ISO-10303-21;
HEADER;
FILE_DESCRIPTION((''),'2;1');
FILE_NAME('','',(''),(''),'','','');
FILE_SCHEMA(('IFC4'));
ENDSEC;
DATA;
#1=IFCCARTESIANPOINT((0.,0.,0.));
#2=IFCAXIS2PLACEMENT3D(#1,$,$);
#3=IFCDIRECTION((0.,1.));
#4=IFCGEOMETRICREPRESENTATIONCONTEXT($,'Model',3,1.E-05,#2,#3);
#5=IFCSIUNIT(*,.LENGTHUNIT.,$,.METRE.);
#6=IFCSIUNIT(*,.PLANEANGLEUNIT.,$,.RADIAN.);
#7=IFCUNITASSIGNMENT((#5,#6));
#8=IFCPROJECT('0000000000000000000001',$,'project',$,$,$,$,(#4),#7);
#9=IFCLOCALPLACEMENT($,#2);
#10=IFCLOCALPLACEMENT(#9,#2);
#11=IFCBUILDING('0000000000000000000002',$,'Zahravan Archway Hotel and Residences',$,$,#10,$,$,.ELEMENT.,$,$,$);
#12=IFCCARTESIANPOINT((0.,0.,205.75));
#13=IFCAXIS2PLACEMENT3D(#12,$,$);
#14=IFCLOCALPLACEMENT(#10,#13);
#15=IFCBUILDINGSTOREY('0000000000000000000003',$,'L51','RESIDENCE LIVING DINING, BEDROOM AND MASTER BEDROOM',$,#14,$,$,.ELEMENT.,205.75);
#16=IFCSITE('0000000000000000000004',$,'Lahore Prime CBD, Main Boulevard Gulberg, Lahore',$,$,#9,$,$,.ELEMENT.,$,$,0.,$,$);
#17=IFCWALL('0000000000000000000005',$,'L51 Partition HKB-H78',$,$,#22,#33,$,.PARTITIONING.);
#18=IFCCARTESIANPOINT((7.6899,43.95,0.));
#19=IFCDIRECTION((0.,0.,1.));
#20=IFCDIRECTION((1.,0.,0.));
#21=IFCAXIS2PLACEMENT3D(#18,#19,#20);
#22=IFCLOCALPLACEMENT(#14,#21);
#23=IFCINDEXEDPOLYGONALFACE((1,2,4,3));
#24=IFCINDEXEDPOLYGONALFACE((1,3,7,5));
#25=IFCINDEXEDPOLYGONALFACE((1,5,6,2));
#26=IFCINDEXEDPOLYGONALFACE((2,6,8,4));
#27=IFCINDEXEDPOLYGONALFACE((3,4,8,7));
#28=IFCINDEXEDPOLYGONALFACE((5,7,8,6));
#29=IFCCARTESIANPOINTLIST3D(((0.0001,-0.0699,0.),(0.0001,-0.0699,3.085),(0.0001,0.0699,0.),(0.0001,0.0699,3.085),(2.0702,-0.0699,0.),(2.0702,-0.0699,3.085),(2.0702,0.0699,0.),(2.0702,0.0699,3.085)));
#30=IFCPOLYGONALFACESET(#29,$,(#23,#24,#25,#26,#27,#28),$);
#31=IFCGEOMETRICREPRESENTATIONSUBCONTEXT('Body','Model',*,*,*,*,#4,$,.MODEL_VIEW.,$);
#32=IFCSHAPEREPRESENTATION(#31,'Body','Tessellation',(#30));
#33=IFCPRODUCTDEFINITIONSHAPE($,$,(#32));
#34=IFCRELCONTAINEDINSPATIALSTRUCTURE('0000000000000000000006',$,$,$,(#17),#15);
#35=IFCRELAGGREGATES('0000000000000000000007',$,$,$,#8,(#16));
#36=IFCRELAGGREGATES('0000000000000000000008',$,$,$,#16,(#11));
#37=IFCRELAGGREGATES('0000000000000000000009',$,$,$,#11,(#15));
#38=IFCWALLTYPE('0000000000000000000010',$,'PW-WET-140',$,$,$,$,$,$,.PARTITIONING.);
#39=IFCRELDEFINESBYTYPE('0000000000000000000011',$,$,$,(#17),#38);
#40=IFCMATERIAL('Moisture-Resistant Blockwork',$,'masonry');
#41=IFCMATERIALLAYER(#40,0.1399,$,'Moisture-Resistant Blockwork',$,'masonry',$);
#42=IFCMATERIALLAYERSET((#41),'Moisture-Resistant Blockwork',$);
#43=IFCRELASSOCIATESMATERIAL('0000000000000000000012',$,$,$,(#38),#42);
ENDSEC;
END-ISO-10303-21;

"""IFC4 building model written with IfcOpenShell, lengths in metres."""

from ifc_helpers import new_model, si_unit, direction, frame, frame_2d, origin, place, context, subcontext, project, spatial, rectangle, extrude, material, layer, layer_set, type_object, element, save


model = new_model("IFC4")

# Units and contexts
model_context = context("Model", 3, precision=1e-05, world=origin(), true_north=direction((0.0, 1.0)))
body_context = subcontext(model_context, "Body", "Model", "MODEL_VIEW")
ifc_project = project(units=[si_unit("LENGTHUNIT", "METRE"), si_unit("PLANEANGLEUNIT", "RADIAN")], contexts=[model_context])

# Site, building, storey
site_placement = place(None, origin())
site = spatial("IfcSite", under=ifc_project, at=site_placement, Name="Lahore Prime CBD, Main Boulevard Gulberg, Lahore", CompositionType="ELEMENT", RefElevation=0.0)
building_placement = place(site_placement, origin())
building = spatial("IfcBuilding", under=site, at=building_placement, Name="Zahravan Archway Hotel and Residences", CompositionType="ELEMENT")
storey_placement = place(building_placement, frame((0.0, 0.0, 205.75)))
storey = spatial("IfcBuildingStorey", under=building, at=storey_placement, Name="L51", Description="RESIDENCE LIVING DINING, BEDROOM AND MASTER BEDROOM", CompositionType="ELEMENT", Elevation=205.75)

# Wall
ifc_material_1 = material(Name="Moisture-Resistant Blockwork", Category="masonry")
ifc_layer_1 = layer(ifc_material_1, 0.1399, Name="Moisture-Resistant Blockwork", Category="masonry")
ifc_layer_set_1 = layer_set([ifc_layer_1], Name="Moisture-Resistant Blockwork")
wall_type_1 = type_object("IfcWallType", Name="PW-WET-140", PredefinedType="PARTITIONING", material=ifc_layer_set_1)
wall_1_placement = place(storey_placement, frame((7.6899, 43.95, 0.0), z_axis=(0.0, 0.0, 1.0), x_axis=(1.0, 0.0, 0.0)))
element("IfcWall", 1, at=wall_1_placement, inside=storey, type_object=wall_type_1, Name="L51 Partition HKB-H78", PredefinedType="PARTITIONING", context=body_context, shape_type="SweptSolid", body=[
    extrude(rectangle(XDim=2.0701, YDim=0.1399, at=frame_2d((1.0352, 0.0))), origin(), (0.0, 0.0, 1.0), 3.085),
])

save(model, "model.ifc")
